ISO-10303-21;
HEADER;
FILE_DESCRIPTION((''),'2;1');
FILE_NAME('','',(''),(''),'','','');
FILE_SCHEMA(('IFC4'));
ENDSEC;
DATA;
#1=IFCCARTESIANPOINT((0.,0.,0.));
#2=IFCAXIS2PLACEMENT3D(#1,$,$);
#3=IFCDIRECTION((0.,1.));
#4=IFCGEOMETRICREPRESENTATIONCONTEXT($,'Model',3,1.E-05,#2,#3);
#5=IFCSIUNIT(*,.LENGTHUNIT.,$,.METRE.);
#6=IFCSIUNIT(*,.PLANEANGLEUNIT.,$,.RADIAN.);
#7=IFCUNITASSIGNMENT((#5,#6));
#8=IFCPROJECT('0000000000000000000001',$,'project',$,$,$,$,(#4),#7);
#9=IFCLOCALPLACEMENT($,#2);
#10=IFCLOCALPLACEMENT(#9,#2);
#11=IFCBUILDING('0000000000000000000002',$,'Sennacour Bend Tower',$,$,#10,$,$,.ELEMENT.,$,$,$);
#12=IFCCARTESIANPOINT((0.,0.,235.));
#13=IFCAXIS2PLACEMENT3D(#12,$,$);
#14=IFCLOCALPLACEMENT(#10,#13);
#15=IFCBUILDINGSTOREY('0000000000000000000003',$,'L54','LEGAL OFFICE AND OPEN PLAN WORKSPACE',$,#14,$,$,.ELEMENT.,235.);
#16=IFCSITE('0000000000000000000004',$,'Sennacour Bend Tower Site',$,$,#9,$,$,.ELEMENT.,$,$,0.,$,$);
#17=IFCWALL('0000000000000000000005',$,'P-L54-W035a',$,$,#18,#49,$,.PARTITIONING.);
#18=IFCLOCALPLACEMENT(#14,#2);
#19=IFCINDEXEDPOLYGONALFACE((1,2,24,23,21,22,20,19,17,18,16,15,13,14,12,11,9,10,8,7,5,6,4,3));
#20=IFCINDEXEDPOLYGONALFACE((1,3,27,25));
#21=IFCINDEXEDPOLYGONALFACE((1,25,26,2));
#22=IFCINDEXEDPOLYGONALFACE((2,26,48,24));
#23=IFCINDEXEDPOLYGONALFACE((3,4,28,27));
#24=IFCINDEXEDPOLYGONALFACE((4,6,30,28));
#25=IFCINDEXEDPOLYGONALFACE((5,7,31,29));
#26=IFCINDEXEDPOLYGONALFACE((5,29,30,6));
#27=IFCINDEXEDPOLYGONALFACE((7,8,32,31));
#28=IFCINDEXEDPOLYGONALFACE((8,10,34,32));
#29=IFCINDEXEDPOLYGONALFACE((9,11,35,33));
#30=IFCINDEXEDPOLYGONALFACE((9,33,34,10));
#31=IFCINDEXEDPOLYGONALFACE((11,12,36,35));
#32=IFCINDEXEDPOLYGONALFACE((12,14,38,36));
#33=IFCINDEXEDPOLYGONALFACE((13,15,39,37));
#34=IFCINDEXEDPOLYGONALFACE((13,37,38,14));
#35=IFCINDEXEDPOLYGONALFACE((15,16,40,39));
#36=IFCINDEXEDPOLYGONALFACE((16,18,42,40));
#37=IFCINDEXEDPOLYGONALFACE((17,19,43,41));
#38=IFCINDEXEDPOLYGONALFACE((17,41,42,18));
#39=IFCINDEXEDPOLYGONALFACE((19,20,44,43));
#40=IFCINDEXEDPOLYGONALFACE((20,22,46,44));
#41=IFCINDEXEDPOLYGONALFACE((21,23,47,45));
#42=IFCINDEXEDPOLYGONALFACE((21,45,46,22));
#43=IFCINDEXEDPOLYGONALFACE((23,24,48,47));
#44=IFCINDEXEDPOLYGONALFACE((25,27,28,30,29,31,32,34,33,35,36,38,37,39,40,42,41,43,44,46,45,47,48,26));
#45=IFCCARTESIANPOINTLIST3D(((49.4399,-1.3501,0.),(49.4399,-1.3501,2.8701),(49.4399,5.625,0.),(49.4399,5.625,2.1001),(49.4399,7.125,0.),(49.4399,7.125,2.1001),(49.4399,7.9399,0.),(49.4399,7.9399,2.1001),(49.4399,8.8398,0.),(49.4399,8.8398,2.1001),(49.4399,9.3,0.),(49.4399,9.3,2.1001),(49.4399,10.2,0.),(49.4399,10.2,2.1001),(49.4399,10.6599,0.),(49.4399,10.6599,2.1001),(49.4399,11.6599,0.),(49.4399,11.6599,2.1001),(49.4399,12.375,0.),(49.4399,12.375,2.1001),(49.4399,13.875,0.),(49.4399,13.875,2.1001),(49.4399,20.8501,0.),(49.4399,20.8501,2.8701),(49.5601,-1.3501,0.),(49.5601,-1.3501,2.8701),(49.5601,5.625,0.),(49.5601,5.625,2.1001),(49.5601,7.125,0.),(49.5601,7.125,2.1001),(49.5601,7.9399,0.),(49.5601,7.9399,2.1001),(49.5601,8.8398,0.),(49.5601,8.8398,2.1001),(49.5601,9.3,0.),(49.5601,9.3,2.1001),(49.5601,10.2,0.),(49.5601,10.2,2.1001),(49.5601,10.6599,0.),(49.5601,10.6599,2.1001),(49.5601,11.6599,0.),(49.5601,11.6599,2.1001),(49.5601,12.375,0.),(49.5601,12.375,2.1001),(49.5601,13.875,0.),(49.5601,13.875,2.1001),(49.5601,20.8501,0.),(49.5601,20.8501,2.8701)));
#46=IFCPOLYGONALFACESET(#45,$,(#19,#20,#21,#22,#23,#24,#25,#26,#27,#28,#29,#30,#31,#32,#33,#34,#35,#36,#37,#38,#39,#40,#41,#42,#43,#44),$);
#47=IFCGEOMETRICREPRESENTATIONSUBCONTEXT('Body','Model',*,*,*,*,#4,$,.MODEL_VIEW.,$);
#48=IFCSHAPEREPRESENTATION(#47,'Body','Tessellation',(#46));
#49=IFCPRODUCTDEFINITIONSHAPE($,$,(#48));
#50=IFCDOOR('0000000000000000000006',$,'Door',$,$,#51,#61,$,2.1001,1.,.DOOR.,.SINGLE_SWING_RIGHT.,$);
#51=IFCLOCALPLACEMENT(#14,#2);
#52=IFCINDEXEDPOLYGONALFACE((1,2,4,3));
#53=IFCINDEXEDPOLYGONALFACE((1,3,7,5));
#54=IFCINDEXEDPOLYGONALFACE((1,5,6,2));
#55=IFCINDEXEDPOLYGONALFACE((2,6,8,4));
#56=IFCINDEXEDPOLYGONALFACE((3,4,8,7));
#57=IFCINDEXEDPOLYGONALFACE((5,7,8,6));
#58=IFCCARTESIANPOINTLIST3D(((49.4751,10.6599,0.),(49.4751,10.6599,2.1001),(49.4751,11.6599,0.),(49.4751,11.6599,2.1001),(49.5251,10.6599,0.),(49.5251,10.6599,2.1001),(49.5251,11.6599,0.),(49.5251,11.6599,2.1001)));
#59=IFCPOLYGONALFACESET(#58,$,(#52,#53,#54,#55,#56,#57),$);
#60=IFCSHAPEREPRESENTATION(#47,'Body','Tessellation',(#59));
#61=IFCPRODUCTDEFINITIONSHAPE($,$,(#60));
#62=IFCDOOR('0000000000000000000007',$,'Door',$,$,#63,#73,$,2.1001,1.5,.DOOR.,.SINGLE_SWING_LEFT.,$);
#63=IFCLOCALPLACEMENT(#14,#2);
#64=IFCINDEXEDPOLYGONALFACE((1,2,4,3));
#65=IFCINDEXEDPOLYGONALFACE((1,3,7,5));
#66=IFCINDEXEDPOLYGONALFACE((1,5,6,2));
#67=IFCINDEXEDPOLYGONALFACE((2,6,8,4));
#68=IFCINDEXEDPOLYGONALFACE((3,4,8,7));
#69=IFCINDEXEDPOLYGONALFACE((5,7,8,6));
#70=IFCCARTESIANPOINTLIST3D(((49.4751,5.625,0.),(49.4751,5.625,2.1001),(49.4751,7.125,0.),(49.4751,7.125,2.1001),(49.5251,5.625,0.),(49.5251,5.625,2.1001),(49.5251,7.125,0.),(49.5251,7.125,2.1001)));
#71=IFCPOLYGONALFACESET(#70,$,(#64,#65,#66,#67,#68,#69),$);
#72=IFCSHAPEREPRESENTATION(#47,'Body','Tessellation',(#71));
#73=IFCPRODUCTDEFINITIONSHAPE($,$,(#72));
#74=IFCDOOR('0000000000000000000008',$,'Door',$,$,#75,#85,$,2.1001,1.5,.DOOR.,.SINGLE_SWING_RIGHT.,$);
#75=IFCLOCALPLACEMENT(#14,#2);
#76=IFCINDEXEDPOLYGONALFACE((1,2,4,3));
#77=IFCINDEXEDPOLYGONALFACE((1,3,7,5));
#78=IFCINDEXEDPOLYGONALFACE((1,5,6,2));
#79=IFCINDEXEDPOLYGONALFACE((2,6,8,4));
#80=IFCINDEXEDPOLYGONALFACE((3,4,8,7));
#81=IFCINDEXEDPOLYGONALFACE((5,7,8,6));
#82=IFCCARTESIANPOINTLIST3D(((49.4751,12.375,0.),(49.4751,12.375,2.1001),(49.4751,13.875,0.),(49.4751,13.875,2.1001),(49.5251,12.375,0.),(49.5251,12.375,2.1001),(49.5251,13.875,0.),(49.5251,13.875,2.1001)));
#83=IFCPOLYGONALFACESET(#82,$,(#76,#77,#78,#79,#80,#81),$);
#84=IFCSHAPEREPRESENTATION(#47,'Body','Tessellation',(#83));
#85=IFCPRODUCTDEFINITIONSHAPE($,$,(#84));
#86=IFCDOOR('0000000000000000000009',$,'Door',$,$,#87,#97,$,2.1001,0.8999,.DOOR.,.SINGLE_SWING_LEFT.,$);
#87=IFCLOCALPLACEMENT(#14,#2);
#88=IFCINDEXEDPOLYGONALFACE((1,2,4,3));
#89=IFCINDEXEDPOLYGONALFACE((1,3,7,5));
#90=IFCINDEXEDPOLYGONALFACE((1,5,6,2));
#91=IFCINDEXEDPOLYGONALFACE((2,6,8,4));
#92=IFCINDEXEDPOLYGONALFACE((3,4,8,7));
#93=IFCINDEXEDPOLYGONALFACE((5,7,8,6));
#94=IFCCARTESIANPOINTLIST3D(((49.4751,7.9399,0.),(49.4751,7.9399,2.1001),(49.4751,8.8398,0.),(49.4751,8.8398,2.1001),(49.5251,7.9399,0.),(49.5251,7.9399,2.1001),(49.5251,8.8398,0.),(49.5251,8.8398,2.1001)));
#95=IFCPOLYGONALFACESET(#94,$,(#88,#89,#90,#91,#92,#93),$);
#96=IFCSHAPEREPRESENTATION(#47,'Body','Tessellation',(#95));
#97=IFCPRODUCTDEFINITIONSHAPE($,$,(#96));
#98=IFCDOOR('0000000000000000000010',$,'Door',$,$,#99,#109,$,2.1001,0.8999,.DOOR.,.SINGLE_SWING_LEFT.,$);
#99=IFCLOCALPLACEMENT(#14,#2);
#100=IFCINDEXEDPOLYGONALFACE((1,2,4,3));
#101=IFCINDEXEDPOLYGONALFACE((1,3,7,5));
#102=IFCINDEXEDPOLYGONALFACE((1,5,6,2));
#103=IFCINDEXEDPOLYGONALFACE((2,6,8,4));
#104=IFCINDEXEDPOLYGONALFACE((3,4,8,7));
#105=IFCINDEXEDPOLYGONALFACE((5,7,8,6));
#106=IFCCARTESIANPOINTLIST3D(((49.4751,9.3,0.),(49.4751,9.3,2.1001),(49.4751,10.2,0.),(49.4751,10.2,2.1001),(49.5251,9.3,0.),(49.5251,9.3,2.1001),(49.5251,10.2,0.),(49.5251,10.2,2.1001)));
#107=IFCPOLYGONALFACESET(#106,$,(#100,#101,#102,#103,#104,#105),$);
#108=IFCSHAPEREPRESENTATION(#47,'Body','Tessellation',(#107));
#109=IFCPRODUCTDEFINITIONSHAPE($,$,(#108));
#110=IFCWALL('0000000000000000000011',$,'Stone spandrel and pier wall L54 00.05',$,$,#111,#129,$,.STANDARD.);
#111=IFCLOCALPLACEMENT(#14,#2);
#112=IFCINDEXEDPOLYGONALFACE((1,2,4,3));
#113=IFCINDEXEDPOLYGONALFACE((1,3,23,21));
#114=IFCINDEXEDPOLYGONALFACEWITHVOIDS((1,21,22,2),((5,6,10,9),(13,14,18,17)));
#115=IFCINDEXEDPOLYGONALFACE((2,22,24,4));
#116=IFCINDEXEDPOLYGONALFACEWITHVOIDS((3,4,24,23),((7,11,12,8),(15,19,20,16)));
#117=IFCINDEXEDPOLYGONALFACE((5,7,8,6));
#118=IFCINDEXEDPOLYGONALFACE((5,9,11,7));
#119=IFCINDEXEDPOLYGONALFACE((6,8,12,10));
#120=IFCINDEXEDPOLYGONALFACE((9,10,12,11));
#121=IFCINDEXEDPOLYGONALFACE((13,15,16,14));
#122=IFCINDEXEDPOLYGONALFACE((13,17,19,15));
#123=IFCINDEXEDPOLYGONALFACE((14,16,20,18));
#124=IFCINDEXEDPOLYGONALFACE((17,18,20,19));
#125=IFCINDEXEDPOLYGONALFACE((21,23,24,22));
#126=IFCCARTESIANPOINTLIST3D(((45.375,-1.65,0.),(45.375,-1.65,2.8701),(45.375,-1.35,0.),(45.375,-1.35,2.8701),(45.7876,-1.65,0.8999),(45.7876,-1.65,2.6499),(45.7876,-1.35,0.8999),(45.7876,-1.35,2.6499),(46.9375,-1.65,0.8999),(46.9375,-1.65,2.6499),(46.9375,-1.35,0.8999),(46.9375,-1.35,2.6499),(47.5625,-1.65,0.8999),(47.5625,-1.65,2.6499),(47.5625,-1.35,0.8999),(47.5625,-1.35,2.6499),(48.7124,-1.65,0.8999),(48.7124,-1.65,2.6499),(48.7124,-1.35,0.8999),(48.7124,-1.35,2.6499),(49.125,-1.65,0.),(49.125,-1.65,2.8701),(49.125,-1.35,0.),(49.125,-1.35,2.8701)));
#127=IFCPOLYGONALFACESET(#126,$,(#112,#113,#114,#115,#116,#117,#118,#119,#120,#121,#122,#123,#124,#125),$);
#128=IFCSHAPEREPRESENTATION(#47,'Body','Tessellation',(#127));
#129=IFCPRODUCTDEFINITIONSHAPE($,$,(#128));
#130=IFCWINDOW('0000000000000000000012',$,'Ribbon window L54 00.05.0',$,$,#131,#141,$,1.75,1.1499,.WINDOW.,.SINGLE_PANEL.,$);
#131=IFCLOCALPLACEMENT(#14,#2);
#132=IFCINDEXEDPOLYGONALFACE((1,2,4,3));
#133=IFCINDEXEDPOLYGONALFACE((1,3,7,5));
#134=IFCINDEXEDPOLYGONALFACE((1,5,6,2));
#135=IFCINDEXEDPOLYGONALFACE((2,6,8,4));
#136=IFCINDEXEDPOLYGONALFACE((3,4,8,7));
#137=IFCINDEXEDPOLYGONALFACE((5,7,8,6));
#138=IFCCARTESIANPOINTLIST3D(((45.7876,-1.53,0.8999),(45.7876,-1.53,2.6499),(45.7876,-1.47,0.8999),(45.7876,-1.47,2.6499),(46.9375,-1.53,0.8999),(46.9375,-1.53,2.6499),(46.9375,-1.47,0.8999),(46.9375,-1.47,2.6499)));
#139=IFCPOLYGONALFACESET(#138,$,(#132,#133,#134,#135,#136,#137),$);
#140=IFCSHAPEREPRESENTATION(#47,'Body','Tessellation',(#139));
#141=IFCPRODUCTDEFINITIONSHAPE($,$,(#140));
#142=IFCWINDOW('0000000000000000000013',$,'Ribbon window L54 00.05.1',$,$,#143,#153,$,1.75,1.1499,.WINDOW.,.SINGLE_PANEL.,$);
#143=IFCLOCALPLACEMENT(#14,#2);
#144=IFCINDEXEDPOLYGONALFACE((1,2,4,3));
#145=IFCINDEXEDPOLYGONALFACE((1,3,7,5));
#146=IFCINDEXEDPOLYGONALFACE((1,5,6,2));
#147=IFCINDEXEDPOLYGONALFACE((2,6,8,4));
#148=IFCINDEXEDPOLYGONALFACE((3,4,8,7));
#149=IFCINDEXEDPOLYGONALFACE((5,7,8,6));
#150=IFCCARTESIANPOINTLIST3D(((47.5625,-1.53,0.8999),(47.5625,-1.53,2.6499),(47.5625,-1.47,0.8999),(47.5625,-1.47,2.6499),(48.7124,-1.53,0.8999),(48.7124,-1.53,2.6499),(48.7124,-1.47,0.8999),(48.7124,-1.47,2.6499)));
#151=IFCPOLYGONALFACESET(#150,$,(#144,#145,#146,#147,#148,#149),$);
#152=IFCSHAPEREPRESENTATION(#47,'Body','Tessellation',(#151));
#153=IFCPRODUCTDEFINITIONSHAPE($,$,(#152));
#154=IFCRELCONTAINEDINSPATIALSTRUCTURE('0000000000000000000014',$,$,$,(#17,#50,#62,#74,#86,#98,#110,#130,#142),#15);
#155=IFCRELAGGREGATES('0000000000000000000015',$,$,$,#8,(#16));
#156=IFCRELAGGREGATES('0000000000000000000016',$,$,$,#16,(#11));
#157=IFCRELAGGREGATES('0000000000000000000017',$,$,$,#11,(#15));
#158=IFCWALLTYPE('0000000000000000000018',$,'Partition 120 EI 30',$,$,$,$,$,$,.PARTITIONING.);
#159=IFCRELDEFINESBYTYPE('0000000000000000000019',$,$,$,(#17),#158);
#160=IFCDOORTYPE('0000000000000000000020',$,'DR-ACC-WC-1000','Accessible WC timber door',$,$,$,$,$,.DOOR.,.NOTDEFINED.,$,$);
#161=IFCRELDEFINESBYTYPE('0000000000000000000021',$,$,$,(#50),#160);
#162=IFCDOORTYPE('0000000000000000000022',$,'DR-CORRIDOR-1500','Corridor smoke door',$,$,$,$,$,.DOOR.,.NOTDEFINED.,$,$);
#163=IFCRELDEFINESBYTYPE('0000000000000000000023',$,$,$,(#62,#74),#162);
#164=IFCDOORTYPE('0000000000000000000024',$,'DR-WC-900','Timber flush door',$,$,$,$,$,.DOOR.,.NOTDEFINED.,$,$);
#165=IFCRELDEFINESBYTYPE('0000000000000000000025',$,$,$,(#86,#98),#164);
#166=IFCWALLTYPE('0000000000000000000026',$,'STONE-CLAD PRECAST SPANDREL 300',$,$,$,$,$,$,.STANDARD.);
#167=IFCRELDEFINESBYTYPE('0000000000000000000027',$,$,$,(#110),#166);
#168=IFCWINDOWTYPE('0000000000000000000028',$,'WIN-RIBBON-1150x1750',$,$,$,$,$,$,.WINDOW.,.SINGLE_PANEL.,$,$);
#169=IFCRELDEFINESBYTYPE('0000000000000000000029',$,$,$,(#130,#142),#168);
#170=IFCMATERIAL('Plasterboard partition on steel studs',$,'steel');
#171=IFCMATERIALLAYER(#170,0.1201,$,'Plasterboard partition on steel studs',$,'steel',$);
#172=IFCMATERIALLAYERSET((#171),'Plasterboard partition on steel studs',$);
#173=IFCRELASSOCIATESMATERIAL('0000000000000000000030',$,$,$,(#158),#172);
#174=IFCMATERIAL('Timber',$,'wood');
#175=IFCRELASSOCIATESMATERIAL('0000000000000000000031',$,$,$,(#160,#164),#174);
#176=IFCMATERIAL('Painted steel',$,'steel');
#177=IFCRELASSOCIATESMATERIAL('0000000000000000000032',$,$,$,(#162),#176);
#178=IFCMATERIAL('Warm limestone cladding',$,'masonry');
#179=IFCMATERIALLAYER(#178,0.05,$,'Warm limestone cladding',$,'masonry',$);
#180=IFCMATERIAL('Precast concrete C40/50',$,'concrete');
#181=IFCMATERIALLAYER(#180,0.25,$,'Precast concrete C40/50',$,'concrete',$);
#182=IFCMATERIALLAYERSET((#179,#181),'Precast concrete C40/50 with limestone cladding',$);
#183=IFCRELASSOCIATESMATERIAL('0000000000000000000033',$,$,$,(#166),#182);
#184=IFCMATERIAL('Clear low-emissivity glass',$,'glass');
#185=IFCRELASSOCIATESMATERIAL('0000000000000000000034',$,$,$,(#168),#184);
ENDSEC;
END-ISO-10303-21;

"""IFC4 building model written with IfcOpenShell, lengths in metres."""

from ifc_helpers import new_model, si_unit, direction, frame, frame_2d, origin, place, context, subcontext, project, spatial, rectangle, extrude, material, layer, layer_set, type_object, element, fill, save


model = new_model("IFC4")

# Units and contexts
model_context = context("Model", 3, precision=1e-05, world=origin(), true_north=direction((0.0, 1.0)))
body_context = subcontext(model_context, "Body", "Model", "MODEL_VIEW")
ifc_project = project(units=[si_unit("LENGTHUNIT", "METRE"), si_unit("PLANEANGLEUNIT", "RADIAN")], contexts=[model_context])

# Site, building, storey
site_placement = place(None, origin())
site = spatial("IfcSite", under=ifc_project, at=site_placement, Name="Sennacour Bend Tower Site", CompositionType="ELEMENT", RefElevation=0.0)
building_placement = place(site_placement, origin())
building = spatial("IfcBuilding", under=site, at=building_placement, Name="Sennacour Bend Tower", CompositionType="ELEMENT")
storey_placement = place(building_placement, frame((0.0, 0.0, 235.0)))
storey = spatial("IfcBuildingStorey", under=building, at=storey_placement, Name="L54", Description="LEGAL OFFICE AND OPEN PLAN WORKSPACE", CompositionType="ELEMENT", Elevation=235.0)

# Wall, openings, doors
ifc_material_1 = material(Name="Plasterboard partition on steel studs", Category="steel")
ifc_layer_1 = layer(ifc_material_1, 0.1201, Name="Plasterboard partition on steel studs", Category="steel")
ifc_layer_set_1 = layer_set([ifc_layer_1], Name="Plasterboard partition on steel studs")
wall_type_1 = type_object("IfcWallType", Name="Partition 120 EI 30", PredefinedType="PARTITIONING", material=ifc_layer_set_1)
wall_1_placement = place(storey_placement, frame((49.5, -1.3501, 0.0), z_axis=(0.0, 0.0, 1.0), x_axis=(0.0, 1.0, 0.0)))
wall_1 = element("IfcWall", 1, at=wall_1_placement, inside=storey, type_object=wall_type_1, Name="P-L54-W035a", PredefinedType="PARTITIONING", context=body_context, shape_type="SweptSolid", body=[
    extrude(rectangle(XDim=22.2002, YDim=0.1201, at=frame_2d((11.1001, 0.0))), origin(), (0.0, 0.0, 1.0), 2.8701),
])
opening_1_placement = place(wall_1_placement, frame((6.9751, 0.0, 0.0)))
opening_1 = element("IfcOpeningElement", 2, at=opening_1_placement, cuts=wall_1, PredefinedType="OPENING", context=body_context, shape_type="SweptSolid", body=[
    extrude(rectangle(XDim=1.5, YDim=2.1001, at=frame_2d((0.75, 1.05))), frame((0.0, 0.0701, 0.0), z_axis=(0.0, -1.0, 0.0), x_axis=(1.0, 0.0, 0.0)), (0.0, 0.0, 1.0), 0.1401),
])
opening_2_placement = place(wall_1_placement, frame((13.7251, 0.0, 0.0)))
opening_2 = element("IfcOpeningElement", 3, at=opening_2_placement, cuts=wall_1, PredefinedType="OPENING", context=body_context, shape_type="SweptSolid", body=[
    extrude(rectangle(XDim=1.5, YDim=2.1001, at=frame_2d((0.75, 1.05))), frame((0.0, 0.0701, 0.0), z_axis=(0.0, -1.0, 0.0), x_axis=(1.0, 0.0, 0.0)), (0.0, 0.0, 1.0), 0.1401),
])
opening_3_placement = place(wall_1_placement, frame((9.29, 0.0, 0.0)))
opening_3 = element("IfcOpeningElement", 4, at=opening_3_placement, cuts=wall_1, PredefinedType="OPENING", context=body_context, shape_type="SweptSolid", body=[
    extrude(rectangle(XDim=0.8999, YDim=2.1001, at=frame_2d((0.45, 1.05))), frame((0.0, 0.0701, 0.0), z_axis=(0.0, -1.0, 0.0), x_axis=(1.0, 0.0, 0.0)), (0.0, 0.0, 1.0), 0.1401),
])
opening_4_placement = place(wall_1_placement, frame((10.6501, 0.0, 0.0)))
opening_4 = element("IfcOpeningElement", 5, at=opening_4_placement, cuts=wall_1, PredefinedType="OPENING", context=body_context, shape_type="SweptSolid", body=[
    extrude(rectangle(XDim=0.8999, YDim=2.1001, at=frame_2d((0.45, 1.05))), frame((0.0, 0.0701, 0.0), z_axis=(0.0, -1.0, 0.0), x_axis=(1.0, 0.0, 0.0)), (0.0, 0.0, 1.0), 0.1401),
])
opening_5_placement = place(wall_1_placement, frame((12.01, 0.0, 0.0)))
opening_5 = element("IfcOpeningElement", 6, at=opening_5_placement, cuts=wall_1, PredefinedType="OPENING", context=body_context, shape_type="SweptSolid", body=[
    extrude(rectangle(XDim=1.0, YDim=2.1001, at=frame_2d((0.5, 1.05))), frame((0.0, 0.0701, 0.0), z_axis=(0.0, -1.0, 0.0), x_axis=(1.0, 0.0, 0.0)), (0.0, 0.0, 1.0), 0.1401),
])
ifc_material_2 = material(Name="Timber", Category="wood")
door_type_1 = type_object("IfcDoorType", Name="DR-ACC-WC-1000", Description="Accessible WC timber door", OperationType="NOTDEFINED", PredefinedType="DOOR", material=ifc_material_2)
door_1_placement = place(opening_5_placement, origin())
door_1 = element("IfcDoor", 7, at=door_1_placement, inside=storey, type_object=door_type_1, Name="Door", OperationType="SINGLE_SWING_RIGHT", OverallHeight=2.1001, OverallWidth=1.0, PredefinedType="DOOR", context=body_context, shape_type="SweptSolid", body=[
    extrude(rectangle(XDim=1.0, YDim=2.1001, at=frame_2d((0.5, 1.05))), frame((0.0, 0.0249, 0.0), z_axis=(0.0, -1.0, 0.0), x_axis=(1.0, 0.0, 0.0)), (0.0, 0.0, 1.0), 0.05),
])
fill(opening_5, door_1)
ifc_material_3 = material(Name="Painted steel", Category="steel")
door_type_2 = type_object("IfcDoorType", Name="DR-CORRIDOR-1500", Description="Corridor smoke door", OperationType="NOTDEFINED", PredefinedType="DOOR", material=ifc_material_3)
door_2_placement = place(opening_1_placement, origin())
door_2 = element("IfcDoor", 8, at=door_2_placement, inside=storey, type_object=door_type_2, Name="Door", OperationType="SINGLE_SWING_LEFT", OverallHeight=2.1001, OverallWidth=1.5, PredefinedType="DOOR", context=body_context, shape_type="SweptSolid", body=[
    extrude(rectangle(XDim=1.5, YDim=2.1001, at=frame_2d((0.75, 1.05))), frame((0.0, 0.0249, 0.0), z_axis=(0.0, -1.0, 0.0), x_axis=(1.0, 0.0, 0.0)), (0.0, 0.0, 1.0), 0.05),
])
fill(opening_1, door_2)
door_3_placement = place(opening_2_placement, origin())
door_3 = element("IfcDoor", 9, at=door_3_placement, inside=storey, type_object=door_type_2, Name="Door", OperationType="SINGLE_SWING_RIGHT", OverallHeight=2.1001, OverallWidth=1.5, PredefinedType="DOOR", context=body_context, shape_type="SweptSolid", body=[
    extrude(rectangle(XDim=1.5, YDim=2.1001, at=frame_2d((0.75, 1.05))), frame((0.0, 0.0249, 0.0), z_axis=(0.0, -1.0, 0.0), x_axis=(1.0, 0.0, 0.0)), (0.0, 0.0, 1.0), 0.05),
])
fill(opening_2, door_3)
door_type_3 = type_object("IfcDoorType", Name="DR-WC-900", Description="Timber flush door", OperationType="NOTDEFINED", PredefinedType="DOOR", material=ifc_material_2)
door_4_placement = place(opening_3_placement, origin())
door_4 = element("IfcDoor", 10, at=door_4_placement, inside=storey, type_object=door_type_3, Name="Door", OperationType="SINGLE_SWING_LEFT", OverallHeight=2.1001, OverallWidth=0.8999, PredefinedType="DOOR", context=body_context, shape_type="SweptSolid", body=[
    extrude(rectangle(XDim=0.8999, YDim=2.1001, at=frame_2d((0.45, 1.05))), frame((0.0, 0.0249, 0.0), z_axis=(0.0, -1.0, 0.0), x_axis=(1.0, 0.0, 0.0)), (0.0, 0.0, 1.0), 0.05),
])
fill(opening_3, door_4)
door_5_placement = place(opening_4_placement, origin())
door_5 = element("IfcDoor", 11, at=door_5_placement, inside=storey, type_object=door_type_3, Name="Door", OperationType="SINGLE_SWING_LEFT", OverallHeight=2.1001, OverallWidth=0.8999, PredefinedType="DOOR", context=body_context, shape_type="SweptSolid", body=[
    extrude(rectangle(XDim=0.8999, YDim=2.1001, at=frame_2d((0.45, 1.05))), frame((0.0, 0.0249, 0.0), z_axis=(0.0, -1.0, 0.0), x_axis=(1.0, 0.0, 0.0)), (0.0, 0.0, 1.0), 0.05),
])
fill(opening_4, door_5)

# Wall, openings, windows
ifc_material_4 = material(Name="Warm limestone cladding", Category="masonry")
ifc_layer_2 = layer(ifc_material_4, 0.05, Name="Warm limestone cladding", Category="masonry")
ifc_material_5 = material(Name="Precast concrete C40/50", Category="concrete")
ifc_layer_3 = layer(ifc_material_5, 0.25, Name="Precast concrete C40/50", Category="concrete")
ifc_layer_set_2 = layer_set([ifc_layer_2, ifc_layer_3], Name="Precast concrete C40/50 with limestone cladding")
wall_type_2 = type_object("IfcWallType", Name="STONE-CLAD PRECAST SPANDREL 300", PredefinedType="STANDARD", material=ifc_layer_set_2)
wall_2_placement = place(storey_placement, frame((45.375, -1.5, 0.0), z_axis=(0.0, 0.0, 1.0), x_axis=(1.0, 0.0, 0.0)))
wall_2 = element("IfcWall", 12, at=wall_2_placement, inside=storey, type_object=wall_type_2, Name="Stone spandrel and pier wall L54 00.05", PredefinedType="STANDARD", context=body_context, shape_type="SweptSolid", body=[
    extrude(rectangle(XDim=3.75, YDim=0.3, at=frame_2d((1.875, 0.0))), origin(), (0.0, 0.0, 1.0), 2.8701),
])
opening_6_placement = place(wall_2_placement, frame((0.4126, 0.0, 0.8999)))
opening_6 = element("IfcOpeningElement", 13, at=opening_6_placement, cuts=wall_2, PredefinedType="OPENING", context=body_context, shape_type="SweptSolid", body=[
    extrude(rectangle(XDim=1.1499, YDim=1.75, at=frame_2d((0.575, 0.875))), frame((0.0, 0.1602, 0.0), z_axis=(0.0, -1.0, 0.0), x_axis=(1.0, 0.0, 0.0)), (0.0, 0.0, 1.0), 0.3201),
])
opening_7_placement = place(wall_2_placement, frame((2.1875, 0.0, 0.8999)))
opening_7 = element("IfcOpeningElement", 14, at=opening_7_placement, cuts=wall_2, PredefinedType="OPENING", context=body_context, shape_type="SweptSolid", body=[
    extrude(rectangle(XDim=1.1499, YDim=1.75, at=frame_2d((0.575, 0.875))), frame((0.0, 0.1602, 0.0), z_axis=(0.0, -1.0, 0.0), x_axis=(1.0, 0.0, 0.0)), (0.0, 0.0, 1.0), 0.3201),
])
ifc_material_6 = material(Name="Clear low-emissivity glass", Category="glass")
window_type = type_object("IfcWindowType", Name="WIN-RIBBON-1150x1750", PartitioningType="SINGLE_PANEL", PredefinedType="WINDOW", material=ifc_material_6)
window_1_placement = place(opening_6_placement, origin())
window_1 = element("IfcWindow", 15, at=window_1_placement, inside=storey, type_object=window_type, Name="Ribbon window L54 00.05.0", OverallHeight=1.75, OverallWidth=1.1499, PartitioningType="SINGLE_PANEL", PredefinedType="WINDOW", context=body_context, shape_type="SweptSolid", body=[
    extrude(rectangle(XDim=1.1499, YDim=1.75, at=frame_2d((0.575, 0.875))), frame((0.0, 0.03, 0.0), z_axis=(0.0, -1.0, 0.0), x_axis=(1.0, 0.0, 0.0)), (0.0, 0.0, 1.0), 0.0601),
])
fill(opening_6, window_1)
window_2_placement = place(opening_7_placement, origin())
window_2 = element("IfcWindow", 16, at=window_2_placement, inside=storey, type_object=window_type, Name="Ribbon window L54 00.05.1", OverallHeight=1.75, OverallWidth=1.1499, PartitioningType="SINGLE_PANEL", PredefinedType="WINDOW", context=body_context, shape_type="SweptSolid", body=[
    extrude(rectangle(XDim=1.1499, YDim=1.75, at=frame_2d((0.575, 0.875))), frame((0.0, 0.03, 0.0), z_axis=(0.0, -1.0, 0.0), x_axis=(1.0, 0.0, 0.0)), (0.0, 0.0, 1.0), 0.0601),
])
fill(opening_7, window_2)

save(model, "model.ifc")
